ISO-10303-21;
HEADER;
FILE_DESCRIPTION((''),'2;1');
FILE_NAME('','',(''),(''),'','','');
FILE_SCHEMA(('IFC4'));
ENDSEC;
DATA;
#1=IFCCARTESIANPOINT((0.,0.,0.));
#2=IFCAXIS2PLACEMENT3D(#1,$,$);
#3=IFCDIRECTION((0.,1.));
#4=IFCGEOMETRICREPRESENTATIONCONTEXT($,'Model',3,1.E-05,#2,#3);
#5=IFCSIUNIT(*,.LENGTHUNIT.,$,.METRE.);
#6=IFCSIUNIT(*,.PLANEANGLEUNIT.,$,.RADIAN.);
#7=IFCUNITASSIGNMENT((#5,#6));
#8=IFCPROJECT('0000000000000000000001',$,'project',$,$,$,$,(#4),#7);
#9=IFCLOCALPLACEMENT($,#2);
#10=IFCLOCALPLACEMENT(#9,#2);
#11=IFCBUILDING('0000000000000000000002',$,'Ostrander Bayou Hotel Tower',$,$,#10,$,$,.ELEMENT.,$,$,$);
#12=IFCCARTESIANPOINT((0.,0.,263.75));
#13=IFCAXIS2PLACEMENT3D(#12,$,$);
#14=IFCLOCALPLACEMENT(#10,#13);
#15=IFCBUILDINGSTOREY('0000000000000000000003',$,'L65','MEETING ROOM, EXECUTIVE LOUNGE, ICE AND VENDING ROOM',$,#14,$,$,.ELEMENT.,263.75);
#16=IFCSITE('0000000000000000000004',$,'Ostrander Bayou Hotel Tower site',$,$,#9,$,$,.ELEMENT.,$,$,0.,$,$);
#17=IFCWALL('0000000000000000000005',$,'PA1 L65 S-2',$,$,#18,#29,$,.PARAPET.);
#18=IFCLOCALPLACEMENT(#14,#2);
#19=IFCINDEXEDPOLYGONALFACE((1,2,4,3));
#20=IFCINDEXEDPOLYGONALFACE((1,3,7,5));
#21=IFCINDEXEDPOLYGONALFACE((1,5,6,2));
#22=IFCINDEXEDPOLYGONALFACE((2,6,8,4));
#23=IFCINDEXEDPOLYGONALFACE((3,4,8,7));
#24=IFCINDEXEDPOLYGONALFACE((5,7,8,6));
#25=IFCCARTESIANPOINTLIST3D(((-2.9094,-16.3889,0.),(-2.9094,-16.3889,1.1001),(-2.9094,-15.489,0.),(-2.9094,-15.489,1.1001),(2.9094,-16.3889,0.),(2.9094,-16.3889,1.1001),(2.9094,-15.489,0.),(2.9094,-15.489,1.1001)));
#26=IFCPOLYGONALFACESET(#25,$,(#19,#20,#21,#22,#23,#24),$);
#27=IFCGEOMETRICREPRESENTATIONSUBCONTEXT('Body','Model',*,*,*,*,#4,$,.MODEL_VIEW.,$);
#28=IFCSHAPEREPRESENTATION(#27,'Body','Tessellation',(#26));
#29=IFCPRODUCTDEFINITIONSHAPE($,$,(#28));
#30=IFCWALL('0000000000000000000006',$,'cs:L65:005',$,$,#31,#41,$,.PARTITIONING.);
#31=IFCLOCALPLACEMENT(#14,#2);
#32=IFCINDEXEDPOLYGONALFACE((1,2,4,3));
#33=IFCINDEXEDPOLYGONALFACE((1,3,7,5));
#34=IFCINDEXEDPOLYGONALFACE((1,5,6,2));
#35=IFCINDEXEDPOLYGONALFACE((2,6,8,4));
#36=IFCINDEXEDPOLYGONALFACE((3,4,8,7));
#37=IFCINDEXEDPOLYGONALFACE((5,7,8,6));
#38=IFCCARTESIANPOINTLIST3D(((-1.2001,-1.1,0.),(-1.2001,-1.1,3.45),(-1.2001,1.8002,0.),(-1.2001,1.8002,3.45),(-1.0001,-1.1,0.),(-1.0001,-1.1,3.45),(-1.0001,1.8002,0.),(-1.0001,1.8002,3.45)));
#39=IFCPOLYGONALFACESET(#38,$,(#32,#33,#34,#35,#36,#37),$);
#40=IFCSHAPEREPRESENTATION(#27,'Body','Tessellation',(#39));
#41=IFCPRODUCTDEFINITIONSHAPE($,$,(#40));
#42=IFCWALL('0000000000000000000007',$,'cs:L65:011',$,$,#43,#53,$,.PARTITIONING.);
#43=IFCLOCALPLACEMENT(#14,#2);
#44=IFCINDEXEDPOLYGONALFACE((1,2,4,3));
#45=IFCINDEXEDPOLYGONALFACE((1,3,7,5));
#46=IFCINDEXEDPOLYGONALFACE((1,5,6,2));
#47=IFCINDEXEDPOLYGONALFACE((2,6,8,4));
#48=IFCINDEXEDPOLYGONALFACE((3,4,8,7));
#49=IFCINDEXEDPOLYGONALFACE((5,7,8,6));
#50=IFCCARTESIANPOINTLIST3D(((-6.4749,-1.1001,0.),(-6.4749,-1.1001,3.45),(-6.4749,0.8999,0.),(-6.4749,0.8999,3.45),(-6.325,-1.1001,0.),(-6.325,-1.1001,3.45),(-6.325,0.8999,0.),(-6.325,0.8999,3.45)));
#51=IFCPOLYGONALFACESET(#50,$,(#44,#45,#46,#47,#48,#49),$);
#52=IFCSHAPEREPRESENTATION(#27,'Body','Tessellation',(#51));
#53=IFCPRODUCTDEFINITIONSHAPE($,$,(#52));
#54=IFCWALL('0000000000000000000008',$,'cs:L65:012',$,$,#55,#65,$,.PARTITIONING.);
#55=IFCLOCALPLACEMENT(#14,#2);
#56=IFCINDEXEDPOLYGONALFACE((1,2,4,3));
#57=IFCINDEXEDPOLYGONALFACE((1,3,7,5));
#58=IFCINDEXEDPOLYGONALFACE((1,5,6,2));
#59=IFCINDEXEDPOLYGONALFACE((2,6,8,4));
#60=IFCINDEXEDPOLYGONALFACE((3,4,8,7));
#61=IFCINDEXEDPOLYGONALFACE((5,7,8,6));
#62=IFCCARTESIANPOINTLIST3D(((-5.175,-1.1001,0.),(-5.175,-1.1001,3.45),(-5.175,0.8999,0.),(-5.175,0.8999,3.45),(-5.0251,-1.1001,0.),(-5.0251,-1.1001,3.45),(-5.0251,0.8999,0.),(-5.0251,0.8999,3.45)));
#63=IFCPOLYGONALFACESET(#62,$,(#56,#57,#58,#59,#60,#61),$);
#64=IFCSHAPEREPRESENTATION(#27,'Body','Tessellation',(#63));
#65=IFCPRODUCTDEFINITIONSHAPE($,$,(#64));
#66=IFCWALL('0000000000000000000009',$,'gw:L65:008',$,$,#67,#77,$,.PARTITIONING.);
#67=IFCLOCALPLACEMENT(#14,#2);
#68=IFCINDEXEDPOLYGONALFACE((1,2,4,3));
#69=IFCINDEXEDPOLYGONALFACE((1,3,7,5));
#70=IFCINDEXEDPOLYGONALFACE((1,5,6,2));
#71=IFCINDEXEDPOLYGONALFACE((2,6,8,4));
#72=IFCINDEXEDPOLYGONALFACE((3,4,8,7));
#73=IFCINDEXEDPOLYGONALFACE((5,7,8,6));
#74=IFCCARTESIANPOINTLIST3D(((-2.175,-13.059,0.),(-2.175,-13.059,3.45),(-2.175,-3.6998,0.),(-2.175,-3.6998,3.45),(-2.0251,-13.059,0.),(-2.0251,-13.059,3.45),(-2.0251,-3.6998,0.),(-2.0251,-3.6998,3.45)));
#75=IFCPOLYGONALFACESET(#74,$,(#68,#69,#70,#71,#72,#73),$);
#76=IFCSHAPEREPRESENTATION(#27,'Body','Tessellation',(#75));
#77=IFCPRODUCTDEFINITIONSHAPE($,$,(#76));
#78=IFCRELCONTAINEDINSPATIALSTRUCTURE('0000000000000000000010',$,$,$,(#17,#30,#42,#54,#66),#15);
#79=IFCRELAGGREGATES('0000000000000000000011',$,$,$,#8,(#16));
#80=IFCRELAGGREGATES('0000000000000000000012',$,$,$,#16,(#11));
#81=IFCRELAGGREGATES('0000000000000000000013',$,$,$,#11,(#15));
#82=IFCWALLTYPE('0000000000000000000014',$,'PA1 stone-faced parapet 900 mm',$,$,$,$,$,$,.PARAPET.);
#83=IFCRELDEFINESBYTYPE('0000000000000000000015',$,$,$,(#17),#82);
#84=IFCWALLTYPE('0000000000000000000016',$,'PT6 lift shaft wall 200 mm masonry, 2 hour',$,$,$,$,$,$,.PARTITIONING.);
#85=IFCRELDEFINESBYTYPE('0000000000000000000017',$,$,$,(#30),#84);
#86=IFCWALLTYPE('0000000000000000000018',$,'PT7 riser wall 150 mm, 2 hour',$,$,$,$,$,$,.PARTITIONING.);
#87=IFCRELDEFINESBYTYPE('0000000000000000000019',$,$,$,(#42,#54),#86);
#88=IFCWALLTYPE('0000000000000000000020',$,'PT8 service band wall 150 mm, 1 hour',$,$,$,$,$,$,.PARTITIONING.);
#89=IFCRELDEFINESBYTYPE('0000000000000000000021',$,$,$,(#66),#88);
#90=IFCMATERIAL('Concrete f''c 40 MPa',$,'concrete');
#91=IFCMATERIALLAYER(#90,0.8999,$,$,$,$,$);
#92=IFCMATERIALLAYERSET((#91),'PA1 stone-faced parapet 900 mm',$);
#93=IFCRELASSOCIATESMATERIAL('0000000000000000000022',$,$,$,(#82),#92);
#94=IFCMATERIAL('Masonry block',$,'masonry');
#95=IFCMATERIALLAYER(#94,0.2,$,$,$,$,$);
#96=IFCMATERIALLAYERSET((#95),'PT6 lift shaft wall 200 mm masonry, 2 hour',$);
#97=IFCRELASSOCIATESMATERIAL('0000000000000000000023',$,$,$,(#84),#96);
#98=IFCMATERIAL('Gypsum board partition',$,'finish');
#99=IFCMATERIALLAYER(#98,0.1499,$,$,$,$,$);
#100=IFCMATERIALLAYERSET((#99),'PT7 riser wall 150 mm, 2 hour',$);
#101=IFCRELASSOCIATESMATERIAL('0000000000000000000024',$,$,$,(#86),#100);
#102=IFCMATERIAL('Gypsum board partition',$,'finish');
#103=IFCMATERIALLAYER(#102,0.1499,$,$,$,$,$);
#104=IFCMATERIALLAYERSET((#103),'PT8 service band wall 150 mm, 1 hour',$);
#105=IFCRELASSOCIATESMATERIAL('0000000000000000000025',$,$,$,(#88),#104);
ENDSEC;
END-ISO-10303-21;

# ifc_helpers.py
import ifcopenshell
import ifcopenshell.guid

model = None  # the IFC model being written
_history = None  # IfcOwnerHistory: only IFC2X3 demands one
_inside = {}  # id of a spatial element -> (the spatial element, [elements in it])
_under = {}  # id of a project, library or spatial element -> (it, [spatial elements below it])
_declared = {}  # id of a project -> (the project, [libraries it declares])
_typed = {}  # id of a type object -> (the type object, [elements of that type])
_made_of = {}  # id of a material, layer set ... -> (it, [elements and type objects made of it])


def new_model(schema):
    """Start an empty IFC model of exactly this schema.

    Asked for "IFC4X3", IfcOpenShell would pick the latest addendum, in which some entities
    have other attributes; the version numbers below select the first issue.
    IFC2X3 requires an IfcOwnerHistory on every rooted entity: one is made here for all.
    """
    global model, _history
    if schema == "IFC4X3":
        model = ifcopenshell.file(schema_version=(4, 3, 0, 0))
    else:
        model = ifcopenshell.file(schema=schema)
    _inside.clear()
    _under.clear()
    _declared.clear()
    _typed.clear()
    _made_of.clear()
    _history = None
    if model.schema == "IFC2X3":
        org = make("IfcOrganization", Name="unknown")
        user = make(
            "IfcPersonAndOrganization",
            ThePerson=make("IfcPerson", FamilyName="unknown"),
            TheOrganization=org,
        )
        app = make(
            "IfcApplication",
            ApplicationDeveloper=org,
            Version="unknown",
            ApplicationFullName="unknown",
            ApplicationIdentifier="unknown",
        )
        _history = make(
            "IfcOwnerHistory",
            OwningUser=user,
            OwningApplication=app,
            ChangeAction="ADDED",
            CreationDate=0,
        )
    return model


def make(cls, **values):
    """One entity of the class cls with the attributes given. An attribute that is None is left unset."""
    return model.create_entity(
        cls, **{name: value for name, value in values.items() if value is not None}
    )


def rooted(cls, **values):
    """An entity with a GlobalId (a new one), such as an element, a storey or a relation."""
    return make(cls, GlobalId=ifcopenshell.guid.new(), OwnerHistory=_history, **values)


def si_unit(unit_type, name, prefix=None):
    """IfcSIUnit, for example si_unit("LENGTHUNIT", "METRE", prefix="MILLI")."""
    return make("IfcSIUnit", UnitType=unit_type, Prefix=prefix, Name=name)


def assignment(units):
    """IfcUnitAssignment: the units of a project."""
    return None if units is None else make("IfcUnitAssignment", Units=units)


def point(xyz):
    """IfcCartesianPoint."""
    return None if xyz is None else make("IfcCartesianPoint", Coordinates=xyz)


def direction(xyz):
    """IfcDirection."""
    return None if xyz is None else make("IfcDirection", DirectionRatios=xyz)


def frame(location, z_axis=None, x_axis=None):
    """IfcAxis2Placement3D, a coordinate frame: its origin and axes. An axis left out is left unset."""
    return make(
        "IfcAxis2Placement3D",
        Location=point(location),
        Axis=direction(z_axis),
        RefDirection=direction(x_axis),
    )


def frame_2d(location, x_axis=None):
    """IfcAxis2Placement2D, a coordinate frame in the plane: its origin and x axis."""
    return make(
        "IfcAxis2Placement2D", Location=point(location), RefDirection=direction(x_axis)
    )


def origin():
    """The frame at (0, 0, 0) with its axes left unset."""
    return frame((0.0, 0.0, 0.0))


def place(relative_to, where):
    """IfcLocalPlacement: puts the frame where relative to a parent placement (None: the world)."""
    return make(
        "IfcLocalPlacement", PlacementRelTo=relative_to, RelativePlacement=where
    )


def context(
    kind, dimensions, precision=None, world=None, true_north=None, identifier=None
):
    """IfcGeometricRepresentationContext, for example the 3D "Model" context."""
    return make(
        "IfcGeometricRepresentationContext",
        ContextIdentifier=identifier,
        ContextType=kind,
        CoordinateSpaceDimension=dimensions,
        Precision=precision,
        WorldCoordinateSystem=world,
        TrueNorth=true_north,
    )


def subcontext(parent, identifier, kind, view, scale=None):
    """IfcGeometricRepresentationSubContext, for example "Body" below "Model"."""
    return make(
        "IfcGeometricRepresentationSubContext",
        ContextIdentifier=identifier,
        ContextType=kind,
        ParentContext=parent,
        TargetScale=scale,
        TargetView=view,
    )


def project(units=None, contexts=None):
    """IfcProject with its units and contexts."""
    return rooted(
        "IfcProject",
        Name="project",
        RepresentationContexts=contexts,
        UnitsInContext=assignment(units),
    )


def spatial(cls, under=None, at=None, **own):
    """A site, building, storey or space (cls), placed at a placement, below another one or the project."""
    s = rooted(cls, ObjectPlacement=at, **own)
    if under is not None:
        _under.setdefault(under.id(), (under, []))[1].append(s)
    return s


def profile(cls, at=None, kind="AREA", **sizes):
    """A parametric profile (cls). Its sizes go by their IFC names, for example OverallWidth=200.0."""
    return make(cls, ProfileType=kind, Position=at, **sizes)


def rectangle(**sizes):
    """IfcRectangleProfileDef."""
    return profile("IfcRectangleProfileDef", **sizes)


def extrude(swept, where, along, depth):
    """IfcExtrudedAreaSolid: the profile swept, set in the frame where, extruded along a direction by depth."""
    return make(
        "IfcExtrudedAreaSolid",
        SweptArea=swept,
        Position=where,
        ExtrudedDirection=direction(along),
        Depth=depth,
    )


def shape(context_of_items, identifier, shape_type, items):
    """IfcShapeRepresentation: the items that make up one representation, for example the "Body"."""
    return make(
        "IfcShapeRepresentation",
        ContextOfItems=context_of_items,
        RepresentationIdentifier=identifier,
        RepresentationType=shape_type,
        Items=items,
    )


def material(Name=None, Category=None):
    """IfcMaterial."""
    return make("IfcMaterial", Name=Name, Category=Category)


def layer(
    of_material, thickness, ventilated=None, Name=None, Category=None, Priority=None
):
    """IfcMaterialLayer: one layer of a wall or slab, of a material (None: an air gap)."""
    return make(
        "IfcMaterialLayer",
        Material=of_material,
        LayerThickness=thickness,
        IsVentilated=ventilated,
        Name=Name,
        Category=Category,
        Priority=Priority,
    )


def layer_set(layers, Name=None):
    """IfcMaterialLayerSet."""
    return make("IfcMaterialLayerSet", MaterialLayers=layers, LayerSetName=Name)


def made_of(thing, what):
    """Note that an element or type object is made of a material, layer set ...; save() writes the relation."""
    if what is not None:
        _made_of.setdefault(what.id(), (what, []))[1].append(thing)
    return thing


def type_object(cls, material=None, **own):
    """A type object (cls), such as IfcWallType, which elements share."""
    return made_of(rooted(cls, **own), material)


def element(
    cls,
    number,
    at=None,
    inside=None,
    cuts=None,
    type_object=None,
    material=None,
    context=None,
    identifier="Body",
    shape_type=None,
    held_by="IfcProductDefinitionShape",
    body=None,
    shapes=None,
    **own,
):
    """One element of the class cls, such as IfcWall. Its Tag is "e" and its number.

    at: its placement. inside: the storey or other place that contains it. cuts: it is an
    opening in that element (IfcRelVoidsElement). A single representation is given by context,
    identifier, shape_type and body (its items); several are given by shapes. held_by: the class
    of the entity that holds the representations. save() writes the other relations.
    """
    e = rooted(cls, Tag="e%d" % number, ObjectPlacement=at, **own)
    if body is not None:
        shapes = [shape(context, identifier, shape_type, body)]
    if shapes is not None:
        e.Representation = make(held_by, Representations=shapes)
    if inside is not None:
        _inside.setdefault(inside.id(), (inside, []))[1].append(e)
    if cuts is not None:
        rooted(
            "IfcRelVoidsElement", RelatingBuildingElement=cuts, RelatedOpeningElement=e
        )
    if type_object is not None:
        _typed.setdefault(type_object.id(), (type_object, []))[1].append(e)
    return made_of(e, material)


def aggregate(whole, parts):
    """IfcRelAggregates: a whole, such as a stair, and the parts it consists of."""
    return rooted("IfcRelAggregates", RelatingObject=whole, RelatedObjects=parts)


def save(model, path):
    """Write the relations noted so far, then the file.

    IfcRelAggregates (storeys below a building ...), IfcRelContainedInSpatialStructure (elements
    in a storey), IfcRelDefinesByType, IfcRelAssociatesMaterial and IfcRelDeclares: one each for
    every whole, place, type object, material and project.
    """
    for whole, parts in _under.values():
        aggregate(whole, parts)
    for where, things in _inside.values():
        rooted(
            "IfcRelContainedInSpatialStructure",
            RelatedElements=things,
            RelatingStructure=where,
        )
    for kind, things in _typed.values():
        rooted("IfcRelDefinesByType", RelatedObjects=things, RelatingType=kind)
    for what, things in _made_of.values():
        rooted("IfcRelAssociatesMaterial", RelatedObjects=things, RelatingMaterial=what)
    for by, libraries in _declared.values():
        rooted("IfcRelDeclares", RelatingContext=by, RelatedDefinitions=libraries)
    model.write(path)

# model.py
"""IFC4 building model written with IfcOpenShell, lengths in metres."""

from ifc_helpers import new_model, si_unit, direction, frame, frame_2d, origin, place, context, subcontext, project, spatial, rectangle, extrude, material, layer, layer_set, type_object, element, save


model = new_model("IFC4")

# Units and contexts
model_context = context("Model", 3, precision=1e-05, world=origin(), true_north=direction((0.0, 1.0)))
body_context = subcontext(model_context, "Body", "Model", "MODEL_VIEW")
ifc_project = project(units=[si_unit("LENGTHUNIT", "METRE"), si_unit("PLANEANGLEUNIT", "RADIAN")], contexts=[model_context])

# Site, building, storey
site_placement = place(None, origin())
site = spatial("IfcSite", under=ifc_project, at=site_placement, Name="Ostrander Bayou Hotel Tower site", CompositionType="ELEMENT", RefElevation=0.0)
building_placement = place(site_placement, origin())
building = spatial("IfcBuilding", under=site, at=building_placement, Name="Ostrander Bayou Hotel Tower", CompositionType="ELEMENT")
storey_placement = place(building_placement, frame((0.0, 0.0, 263.75)))
storey = spatial("IfcBuildingStorey", under=building, at=storey_placement, Name="L65", Description="MEETING ROOM, EXECUTIVE LOUNGE, ICE AND VENDING ROOM", CompositionType="ELEMENT", Elevation=263.75)

# Walls
ifc_material_1 = material(Name="Concrete f'c 40 MPa", Category="concrete")
ifc_layer_1 = layer(ifc_material_1, 0.8999)
ifc_layer_set_1 = layer_set([ifc_layer_1], Name="PA1 stone-faced parapet 900 mm")
wall_type_1 = type_object("IfcWallType", Name="PA1 stone-faced parapet 900 mm", PredefinedType="PARAPET", material=ifc_layer_set_1)
wall_1_placement = place(storey_placement, frame((-2.9094, -15.939, 0.0), z_axis=(0.0, 0.0, 1.0), x_axis=(1.0, 0.0, 0.0)))
element("IfcWall", 1, at=wall_1_placement, inside=storey, type_object=wall_type_1, Name="PA1 L65 S-2", PredefinedType="PARAPET", context=body_context, shape_type="SweptSolid", body=[
    extrude(rectangle(XDim=5.8188, YDim=0.8999, at=frame_2d((2.9094, 0.0))), origin(), (0.0, 0.0, 1.0), 1.1001),
])
ifc_material_2 = material(Name="Masonry block", Category="masonry")
ifc_layer_2 = layer(ifc_material_2, 0.2)
ifc_layer_set_2 = layer_set([ifc_layer_2], Name="PT6 lift shaft wall 200 mm masonry, 2 hour")
wall_type_2 = type_object("IfcWallType", Name="PT6 lift shaft wall 200 mm masonry, 2 hour", PredefinedType="PARTITIONING", material=ifc_layer_set_2)
wall_2_placement = place(storey_placement, frame((-1.1001, -1.1001, 0.0), z_axis=(0.0, 0.0, 1.0), x_axis=(0.0, 1.0, 0.0)))
element("IfcWall", 2, at=wall_2_placement, inside=storey, type_object=wall_type_2, Name="cs:L65:005", PredefinedType="PARTITIONING", context=body_context, shape_type="SweptSolid", body=[
    extrude(rectangle(XDim=2.9001, YDim=0.2, at=frame_2d((1.4502, 0.0))), origin(), (0.0, 0.0, 1.0), 3.45),
])
ifc_material_3 = material(Name="Gypsum board partition", Category="finish")
ifc_layer_3 = layer(ifc_material_3, 0.1499)
ifc_layer_set_3 = layer_set([ifc_layer_3], Name="PT7 riser wall 150 mm, 2 hour")
wall_type_3 = type_object("IfcWallType", Name="PT7 riser wall 150 mm, 2 hour", PredefinedType="PARTITIONING", material=ifc_layer_set_3)
for number, where, z_axis, x_axis, name in (
    (3, (-6.3999, -1.1001, 0.0), (0.0, 0.0, 1.0), (0.0, 1.0, 0.0), "cs:L65:011"),
    (4, (-5.1001, -1.1001, 0.0), (0.0, 0.0, 1.0), (0.0, 1.0, 0.0), "cs:L65:012"),
):
    element("IfcWall", number, at=place(storey_placement, frame(where, z_axis=z_axis, x_axis=x_axis)), inside=storey, type_object=wall_type_3, Name=name, PredefinedType="PARTITIONING", context=body_context, shape_type="SweptSolid", body=[
        extrude(rectangle(XDim=2.0, YDim=0.1499, at=frame_2d((1.0, 0.0))), origin(), (0.0, 0.0, 1.0), 3.45),
    ])
ifc_material_4 = material(Name="Gypsum board partition", Category="finish")
ifc_layer_4 = layer(ifc_material_4, 0.1499)
ifc_layer_set_4 = layer_set([ifc_layer_4], Name="PT8 service band wall 150 mm, 1 hour")
wall_type_4 = type_object("IfcWallType", Name="PT8 service band wall 150 mm, 1 hour", PredefinedType="PARTITIONING", material=ifc_layer_set_4)
wall_3_placement = place(storey_placement, frame((-2.1001, -13.0591, 0.0), z_axis=(0.0, 0.0, 1.0), x_axis=(0.0, 1.0, 0.0)))
element("IfcWall", 5, at=wall_3_placement, inside=storey, type_object=wall_type_4, Name="gw:L65:008", PredefinedType="PARTITIONING", context=body_context, shape_type="SweptSolid", body=[
    extrude(rectangle(XDim=9.3591, YDim=0.1499, at=frame_2d((4.6797, 0.0))), origin(), (0.0, 0.0, 1.0), 3.45),
])

save(model, "model.ifc")
